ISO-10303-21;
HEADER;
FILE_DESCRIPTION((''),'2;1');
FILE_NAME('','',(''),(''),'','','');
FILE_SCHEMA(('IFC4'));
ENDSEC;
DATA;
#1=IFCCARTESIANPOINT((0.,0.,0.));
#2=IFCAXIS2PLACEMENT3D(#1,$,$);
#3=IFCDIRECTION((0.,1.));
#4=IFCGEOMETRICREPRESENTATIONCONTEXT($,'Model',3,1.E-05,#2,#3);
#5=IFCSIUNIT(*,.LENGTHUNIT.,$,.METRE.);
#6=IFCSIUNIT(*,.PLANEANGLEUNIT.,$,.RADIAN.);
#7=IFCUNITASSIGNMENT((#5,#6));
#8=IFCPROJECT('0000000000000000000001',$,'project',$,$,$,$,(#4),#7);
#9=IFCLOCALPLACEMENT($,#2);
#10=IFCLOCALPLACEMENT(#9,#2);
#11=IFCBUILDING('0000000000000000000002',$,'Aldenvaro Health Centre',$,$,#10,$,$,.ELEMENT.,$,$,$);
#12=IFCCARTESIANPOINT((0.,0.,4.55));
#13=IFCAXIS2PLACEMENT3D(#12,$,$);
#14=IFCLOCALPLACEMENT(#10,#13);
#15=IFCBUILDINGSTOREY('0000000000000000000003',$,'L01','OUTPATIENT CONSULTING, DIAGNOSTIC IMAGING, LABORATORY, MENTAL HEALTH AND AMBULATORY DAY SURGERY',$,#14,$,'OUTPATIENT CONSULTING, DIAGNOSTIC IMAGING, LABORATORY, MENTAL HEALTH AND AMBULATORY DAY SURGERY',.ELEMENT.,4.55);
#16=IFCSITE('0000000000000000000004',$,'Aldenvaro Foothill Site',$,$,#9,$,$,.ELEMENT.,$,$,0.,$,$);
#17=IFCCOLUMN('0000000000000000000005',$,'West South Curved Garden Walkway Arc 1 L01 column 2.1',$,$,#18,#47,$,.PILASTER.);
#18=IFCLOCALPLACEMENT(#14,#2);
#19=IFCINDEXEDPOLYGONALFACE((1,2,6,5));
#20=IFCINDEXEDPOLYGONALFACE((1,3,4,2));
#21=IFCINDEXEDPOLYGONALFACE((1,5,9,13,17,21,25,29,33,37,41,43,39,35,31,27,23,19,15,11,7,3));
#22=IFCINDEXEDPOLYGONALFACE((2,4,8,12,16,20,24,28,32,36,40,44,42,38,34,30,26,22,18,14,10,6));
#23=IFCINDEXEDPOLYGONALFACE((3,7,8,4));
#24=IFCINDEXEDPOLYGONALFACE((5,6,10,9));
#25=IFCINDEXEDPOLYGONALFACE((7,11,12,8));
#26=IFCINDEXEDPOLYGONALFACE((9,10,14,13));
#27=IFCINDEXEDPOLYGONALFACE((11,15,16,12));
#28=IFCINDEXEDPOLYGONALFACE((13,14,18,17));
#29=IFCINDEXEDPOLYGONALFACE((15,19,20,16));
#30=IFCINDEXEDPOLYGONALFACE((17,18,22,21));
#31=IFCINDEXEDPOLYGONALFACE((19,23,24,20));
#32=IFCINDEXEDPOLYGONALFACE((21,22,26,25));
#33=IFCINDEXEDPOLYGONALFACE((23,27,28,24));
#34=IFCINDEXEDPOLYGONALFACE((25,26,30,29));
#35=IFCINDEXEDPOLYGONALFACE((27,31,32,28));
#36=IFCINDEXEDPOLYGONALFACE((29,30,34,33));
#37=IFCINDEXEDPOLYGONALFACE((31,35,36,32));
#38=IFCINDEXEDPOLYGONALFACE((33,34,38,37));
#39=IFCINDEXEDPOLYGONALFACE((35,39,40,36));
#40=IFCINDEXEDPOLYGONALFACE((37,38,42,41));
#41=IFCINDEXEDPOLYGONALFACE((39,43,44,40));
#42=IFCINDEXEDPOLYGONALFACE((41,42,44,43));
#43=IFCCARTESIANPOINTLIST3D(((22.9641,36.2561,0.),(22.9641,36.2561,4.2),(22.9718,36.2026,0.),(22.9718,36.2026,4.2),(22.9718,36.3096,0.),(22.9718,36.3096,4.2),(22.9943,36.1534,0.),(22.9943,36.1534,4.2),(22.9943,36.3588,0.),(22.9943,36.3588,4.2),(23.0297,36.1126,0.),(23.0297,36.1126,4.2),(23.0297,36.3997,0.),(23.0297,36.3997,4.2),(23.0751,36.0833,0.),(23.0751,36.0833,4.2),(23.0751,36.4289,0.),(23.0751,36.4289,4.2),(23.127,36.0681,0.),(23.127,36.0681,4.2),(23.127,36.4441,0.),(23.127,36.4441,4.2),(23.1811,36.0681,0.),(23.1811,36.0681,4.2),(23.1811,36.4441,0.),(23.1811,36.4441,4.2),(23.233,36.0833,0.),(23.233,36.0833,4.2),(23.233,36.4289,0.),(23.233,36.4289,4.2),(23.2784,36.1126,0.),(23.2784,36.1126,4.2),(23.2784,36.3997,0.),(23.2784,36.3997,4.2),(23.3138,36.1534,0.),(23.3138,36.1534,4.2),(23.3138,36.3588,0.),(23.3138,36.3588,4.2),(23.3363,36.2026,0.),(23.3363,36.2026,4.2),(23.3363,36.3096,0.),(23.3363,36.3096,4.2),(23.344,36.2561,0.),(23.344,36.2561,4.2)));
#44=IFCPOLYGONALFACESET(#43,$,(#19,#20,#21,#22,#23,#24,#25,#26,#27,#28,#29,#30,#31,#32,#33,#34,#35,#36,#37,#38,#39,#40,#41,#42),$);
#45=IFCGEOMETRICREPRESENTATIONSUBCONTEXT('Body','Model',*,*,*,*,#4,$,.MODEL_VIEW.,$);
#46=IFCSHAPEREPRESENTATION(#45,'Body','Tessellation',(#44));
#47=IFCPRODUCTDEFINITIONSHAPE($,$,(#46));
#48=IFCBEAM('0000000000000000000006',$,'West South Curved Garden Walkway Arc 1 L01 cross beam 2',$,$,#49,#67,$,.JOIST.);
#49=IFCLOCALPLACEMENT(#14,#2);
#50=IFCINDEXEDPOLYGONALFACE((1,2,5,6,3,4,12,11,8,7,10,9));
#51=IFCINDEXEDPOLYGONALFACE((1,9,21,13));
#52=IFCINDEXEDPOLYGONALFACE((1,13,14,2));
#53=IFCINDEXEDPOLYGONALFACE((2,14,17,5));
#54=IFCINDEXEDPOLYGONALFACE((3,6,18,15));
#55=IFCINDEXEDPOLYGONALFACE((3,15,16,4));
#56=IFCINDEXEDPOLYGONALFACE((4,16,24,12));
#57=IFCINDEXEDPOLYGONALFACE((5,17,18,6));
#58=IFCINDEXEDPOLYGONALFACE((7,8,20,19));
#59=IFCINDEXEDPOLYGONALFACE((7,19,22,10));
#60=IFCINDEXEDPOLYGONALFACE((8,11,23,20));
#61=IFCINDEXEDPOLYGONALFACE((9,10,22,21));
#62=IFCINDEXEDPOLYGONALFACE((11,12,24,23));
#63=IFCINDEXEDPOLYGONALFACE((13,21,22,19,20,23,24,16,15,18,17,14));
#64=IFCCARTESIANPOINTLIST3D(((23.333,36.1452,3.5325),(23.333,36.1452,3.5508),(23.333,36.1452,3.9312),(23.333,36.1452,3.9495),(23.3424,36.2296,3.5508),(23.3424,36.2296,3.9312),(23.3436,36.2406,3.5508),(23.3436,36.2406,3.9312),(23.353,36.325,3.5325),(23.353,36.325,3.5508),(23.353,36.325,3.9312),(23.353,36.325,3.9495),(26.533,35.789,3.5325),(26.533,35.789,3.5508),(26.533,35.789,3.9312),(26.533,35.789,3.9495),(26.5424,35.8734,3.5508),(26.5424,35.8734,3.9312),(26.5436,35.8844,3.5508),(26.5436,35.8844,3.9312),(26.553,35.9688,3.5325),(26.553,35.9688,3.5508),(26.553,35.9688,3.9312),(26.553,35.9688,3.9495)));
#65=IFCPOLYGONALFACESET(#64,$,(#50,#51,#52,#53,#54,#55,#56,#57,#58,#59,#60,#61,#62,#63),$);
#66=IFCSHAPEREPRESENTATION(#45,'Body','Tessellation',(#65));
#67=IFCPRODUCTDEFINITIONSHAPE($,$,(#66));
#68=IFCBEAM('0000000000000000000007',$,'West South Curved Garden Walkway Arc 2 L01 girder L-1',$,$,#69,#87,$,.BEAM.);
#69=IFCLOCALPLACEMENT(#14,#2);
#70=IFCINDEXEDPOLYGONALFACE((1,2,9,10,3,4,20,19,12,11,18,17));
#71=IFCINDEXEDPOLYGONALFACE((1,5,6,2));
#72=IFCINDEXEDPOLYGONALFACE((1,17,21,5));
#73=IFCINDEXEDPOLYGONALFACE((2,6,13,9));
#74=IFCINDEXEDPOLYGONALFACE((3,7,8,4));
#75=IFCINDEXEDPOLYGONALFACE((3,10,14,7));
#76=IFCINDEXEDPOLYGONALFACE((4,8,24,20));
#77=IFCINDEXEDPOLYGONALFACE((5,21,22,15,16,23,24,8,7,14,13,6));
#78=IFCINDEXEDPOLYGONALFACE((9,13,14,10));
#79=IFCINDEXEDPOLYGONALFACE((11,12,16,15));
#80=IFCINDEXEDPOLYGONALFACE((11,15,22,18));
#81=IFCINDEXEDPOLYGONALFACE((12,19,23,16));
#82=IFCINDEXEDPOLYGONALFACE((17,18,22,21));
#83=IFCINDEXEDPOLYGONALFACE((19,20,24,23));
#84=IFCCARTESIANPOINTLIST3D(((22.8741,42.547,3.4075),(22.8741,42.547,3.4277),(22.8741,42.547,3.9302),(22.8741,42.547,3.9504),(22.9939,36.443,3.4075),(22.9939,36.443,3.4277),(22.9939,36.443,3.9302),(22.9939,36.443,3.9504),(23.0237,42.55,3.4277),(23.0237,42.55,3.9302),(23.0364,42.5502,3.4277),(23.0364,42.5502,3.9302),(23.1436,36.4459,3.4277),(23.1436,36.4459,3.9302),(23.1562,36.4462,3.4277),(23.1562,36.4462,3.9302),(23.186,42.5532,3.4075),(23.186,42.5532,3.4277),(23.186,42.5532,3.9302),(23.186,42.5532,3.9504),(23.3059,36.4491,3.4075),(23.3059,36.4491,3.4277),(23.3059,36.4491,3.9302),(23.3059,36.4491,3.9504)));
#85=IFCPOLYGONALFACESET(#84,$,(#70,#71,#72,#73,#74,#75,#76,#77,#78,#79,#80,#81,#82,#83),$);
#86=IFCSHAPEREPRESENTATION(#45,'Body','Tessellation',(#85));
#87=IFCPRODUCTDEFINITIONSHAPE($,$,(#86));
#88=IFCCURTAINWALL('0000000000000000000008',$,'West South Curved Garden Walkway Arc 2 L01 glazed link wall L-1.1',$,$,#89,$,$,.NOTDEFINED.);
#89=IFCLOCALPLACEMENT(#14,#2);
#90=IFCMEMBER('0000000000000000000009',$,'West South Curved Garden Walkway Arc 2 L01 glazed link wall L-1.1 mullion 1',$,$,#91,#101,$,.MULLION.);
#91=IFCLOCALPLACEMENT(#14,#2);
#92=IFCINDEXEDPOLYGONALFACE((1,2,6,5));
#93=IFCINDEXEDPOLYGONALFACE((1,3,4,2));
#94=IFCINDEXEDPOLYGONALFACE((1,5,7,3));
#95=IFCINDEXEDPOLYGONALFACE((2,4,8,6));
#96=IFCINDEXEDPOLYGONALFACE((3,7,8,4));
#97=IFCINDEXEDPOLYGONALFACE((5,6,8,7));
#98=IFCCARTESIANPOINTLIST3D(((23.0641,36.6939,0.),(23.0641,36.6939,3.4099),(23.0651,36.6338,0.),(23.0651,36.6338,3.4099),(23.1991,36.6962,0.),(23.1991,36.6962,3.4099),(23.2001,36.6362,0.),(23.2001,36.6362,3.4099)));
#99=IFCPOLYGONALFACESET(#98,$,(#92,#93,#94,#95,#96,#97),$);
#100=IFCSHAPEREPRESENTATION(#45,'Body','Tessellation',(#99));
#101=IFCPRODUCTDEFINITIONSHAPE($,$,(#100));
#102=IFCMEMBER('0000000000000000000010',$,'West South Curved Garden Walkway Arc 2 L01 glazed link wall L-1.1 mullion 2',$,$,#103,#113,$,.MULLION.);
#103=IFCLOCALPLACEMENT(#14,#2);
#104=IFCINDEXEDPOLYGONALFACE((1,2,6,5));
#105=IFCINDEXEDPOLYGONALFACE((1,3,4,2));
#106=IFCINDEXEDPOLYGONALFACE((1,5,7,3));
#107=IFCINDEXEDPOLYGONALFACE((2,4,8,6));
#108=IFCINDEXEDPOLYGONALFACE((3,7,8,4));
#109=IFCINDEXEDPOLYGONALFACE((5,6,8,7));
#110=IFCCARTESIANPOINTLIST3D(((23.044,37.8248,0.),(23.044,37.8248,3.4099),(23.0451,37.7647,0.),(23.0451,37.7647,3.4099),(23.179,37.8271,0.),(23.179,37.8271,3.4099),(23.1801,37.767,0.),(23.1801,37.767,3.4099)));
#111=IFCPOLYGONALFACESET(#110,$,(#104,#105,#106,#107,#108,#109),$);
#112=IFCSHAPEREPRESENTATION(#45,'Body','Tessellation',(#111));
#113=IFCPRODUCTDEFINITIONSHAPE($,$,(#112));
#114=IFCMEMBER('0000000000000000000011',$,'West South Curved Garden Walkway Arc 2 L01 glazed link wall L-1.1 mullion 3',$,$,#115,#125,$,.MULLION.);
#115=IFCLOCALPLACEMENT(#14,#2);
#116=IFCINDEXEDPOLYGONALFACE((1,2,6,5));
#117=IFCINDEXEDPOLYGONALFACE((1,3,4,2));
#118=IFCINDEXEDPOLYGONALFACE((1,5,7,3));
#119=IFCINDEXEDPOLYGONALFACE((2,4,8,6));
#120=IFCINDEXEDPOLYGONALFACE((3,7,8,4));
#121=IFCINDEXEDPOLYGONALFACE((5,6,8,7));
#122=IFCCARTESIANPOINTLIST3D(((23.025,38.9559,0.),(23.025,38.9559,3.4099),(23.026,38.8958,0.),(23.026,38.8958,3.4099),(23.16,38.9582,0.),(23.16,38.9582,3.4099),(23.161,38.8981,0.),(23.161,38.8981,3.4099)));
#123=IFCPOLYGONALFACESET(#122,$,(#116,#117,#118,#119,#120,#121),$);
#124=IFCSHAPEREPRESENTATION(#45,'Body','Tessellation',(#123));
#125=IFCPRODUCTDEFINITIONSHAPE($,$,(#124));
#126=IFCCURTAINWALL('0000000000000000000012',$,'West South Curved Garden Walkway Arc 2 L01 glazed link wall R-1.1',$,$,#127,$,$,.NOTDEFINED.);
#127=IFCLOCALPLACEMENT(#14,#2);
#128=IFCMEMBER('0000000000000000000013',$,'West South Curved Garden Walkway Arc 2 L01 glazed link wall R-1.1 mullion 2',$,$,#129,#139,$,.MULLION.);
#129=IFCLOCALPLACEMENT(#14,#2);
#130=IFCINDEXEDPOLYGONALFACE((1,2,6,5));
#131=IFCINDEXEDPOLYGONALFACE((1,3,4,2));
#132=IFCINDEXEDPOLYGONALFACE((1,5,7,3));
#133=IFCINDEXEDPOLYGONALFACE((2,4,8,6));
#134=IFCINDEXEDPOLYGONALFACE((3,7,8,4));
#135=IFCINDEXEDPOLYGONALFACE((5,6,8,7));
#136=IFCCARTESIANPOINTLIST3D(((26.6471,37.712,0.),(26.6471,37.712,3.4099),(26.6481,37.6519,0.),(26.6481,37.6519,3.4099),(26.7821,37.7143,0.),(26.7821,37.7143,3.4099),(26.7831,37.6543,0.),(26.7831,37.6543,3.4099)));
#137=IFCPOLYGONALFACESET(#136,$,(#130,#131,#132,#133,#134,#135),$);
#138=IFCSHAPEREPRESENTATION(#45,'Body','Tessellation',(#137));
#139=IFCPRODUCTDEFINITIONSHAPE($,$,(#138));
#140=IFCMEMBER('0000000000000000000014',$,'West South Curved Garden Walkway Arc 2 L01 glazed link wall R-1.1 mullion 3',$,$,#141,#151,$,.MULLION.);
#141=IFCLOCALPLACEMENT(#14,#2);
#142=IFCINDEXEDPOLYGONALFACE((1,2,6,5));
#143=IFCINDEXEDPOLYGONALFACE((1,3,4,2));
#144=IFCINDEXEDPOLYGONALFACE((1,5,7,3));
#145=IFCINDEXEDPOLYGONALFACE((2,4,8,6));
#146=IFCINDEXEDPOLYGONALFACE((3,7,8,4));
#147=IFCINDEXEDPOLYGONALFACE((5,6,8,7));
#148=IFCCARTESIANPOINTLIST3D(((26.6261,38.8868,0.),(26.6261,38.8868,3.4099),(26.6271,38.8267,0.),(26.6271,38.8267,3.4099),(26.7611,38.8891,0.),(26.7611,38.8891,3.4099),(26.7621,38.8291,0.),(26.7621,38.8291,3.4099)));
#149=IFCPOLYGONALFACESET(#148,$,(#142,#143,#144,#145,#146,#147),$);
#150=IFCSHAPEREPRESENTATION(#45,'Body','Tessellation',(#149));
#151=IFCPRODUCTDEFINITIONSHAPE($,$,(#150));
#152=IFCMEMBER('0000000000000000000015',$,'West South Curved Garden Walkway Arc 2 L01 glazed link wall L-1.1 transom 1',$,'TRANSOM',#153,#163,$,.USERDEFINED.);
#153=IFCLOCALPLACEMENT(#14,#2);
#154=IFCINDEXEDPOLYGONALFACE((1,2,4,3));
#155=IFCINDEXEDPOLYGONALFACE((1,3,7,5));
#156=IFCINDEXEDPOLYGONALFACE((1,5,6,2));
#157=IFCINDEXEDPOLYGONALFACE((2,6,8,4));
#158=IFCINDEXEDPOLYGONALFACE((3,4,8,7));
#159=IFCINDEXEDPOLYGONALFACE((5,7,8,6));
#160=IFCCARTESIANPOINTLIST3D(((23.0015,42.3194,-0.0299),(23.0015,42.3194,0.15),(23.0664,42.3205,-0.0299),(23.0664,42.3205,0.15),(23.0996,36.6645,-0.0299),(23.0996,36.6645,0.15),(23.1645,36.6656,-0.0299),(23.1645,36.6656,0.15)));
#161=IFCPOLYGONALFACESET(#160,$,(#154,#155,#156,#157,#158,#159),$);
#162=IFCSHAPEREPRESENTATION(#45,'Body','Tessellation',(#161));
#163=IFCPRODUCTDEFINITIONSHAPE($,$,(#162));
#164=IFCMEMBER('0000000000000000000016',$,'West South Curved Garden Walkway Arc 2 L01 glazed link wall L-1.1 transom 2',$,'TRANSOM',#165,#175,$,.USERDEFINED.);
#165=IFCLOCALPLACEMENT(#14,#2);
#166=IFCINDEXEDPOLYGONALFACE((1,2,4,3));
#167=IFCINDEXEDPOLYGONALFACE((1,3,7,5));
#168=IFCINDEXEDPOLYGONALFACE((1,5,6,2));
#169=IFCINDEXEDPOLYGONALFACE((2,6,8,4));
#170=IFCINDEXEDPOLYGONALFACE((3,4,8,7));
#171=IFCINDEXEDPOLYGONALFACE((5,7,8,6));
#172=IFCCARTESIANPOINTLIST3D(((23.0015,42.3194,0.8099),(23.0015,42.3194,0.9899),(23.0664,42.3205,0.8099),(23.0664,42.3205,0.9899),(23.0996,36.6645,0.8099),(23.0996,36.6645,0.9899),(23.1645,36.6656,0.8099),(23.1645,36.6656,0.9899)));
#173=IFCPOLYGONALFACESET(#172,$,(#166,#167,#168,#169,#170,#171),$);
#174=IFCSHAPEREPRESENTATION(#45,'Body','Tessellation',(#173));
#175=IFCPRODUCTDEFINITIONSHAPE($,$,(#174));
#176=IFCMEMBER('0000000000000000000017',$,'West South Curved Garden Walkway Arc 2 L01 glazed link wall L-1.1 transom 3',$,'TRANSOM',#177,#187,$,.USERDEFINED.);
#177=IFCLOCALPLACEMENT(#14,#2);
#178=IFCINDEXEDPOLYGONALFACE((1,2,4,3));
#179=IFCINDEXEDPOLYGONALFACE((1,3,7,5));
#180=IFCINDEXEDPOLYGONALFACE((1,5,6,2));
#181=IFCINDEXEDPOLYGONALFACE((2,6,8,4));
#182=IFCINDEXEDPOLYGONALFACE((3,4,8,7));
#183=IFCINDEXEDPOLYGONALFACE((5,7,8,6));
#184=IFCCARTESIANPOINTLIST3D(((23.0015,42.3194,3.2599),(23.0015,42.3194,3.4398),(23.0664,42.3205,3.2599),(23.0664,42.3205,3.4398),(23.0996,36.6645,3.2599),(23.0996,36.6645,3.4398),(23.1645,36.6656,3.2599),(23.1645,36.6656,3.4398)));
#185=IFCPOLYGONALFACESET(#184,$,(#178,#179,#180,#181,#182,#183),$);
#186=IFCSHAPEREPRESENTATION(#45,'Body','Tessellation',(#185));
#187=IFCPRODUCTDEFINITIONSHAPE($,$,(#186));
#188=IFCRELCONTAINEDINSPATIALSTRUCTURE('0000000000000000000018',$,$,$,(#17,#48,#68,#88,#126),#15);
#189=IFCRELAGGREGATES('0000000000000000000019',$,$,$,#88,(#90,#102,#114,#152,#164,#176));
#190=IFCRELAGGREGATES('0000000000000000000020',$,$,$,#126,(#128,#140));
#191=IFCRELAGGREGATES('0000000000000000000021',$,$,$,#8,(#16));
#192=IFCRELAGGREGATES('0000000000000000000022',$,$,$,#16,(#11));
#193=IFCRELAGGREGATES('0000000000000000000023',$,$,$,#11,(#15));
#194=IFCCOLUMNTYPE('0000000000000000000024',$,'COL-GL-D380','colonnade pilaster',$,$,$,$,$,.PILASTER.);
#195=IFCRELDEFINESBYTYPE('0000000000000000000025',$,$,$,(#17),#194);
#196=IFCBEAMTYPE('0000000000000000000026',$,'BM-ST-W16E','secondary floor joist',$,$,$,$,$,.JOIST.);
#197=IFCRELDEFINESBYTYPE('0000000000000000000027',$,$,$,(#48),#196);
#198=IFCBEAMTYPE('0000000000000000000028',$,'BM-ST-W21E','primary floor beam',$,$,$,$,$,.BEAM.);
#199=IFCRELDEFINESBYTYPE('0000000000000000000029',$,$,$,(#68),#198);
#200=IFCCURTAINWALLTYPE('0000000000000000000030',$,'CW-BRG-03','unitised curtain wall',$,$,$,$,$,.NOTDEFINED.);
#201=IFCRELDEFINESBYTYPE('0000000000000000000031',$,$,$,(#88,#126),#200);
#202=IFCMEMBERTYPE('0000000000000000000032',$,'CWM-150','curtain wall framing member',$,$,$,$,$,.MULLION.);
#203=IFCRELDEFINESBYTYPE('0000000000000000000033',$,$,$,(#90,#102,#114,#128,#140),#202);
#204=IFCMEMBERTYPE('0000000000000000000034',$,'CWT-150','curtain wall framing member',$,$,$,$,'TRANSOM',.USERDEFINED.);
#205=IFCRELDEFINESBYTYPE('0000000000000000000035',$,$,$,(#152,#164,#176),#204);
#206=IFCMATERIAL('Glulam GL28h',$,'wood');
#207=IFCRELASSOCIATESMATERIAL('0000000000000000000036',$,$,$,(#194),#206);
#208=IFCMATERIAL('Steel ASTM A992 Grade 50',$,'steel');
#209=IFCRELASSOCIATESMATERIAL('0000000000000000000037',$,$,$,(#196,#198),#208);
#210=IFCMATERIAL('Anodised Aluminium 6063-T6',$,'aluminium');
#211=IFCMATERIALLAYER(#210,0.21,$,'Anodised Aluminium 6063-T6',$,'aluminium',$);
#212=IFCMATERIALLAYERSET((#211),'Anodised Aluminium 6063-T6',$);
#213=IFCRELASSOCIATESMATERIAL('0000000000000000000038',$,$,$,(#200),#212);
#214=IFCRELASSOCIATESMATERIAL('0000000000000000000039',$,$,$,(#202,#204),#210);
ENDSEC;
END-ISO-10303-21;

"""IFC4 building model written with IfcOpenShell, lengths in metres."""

from ifc_helpers import new_model, si_unit, direction, frame, origin, origin_2d, place, context, subcontext, project, spatial, rectangle, circle, i_section, extrude, material, layer, layer_set, material_profile, profile_set, type_object, element, aggregate, save


model = new_model("IFC4")

# Units and contexts
model_context = context("Model", 3, precision=1e-05, world=origin(), true_north=direction((0.0, 1.0)))
body_context = subcontext(model_context, "Body", "Model", "MODEL_VIEW")
ifc_project = project(units=[si_unit("LENGTHUNIT", "METRE"), si_unit("PLANEANGLEUNIT", "RADIAN")], contexts=[model_context])

# Site, building, storey
site_placement = place(None, origin())
site = spatial("IfcSite", under=ifc_project, at=site_placement, Name="Aldenvaro Foothill Site", CompositionType="ELEMENT", RefElevation=0.0)
building_placement = place(site_placement, origin())
building = spatial("IfcBuilding", under=site, at=building_placement, Name="Aldenvaro Health Centre", CompositionType="ELEMENT")
storey_placement = place(building_placement, frame((0.0, 0.0, 4.55)))
storey = spatial("IfcBuildingStorey", under=building, at=storey_placement, Name="L01", Description="OUTPATIENT CONSULTING, DIAGNOSTIC IMAGING, LABORATORY, MENTAL HEALTH AND AMBULATORY DAY SURGERY", LongName="OUTPATIENT CONSULTING, DIAGNOSTIC IMAGING, LABORATORY, MENTAL HEALTH AND AMBULATORY DAY SURGERY", CompositionType="ELEMENT", Elevation=4.55)

# Column
ifc_material_1 = material(Name="Glulam GL28h", Category="wood")
ifc_material_profile_1 = material_profile(ifc_material_1, circle(Radius=0.1899, at=origin_2d()), Name="GL D380", Category="wood")
ifc_profile_set_1 = profile_set([ifc_material_profile_1], Name="Glulam GL28h")
column_type = type_object("IfcColumnType", Name="COL-GL-D380", Description="colonnade pilaster", PredefinedType="PILASTER", material=ifc_profile_set_1)
column_placement = place(storey_placement, frame((23.1541, 36.2561, 0.0), z_axis=(0.0, 0.0, 1.0), x_axis=(1.0, 0.0, 0.0)))
element("IfcColumn", 1, at=column_placement, inside=storey, type_object=column_type, Name="West South Curved Garden Walkway Arc 1 L01 column 2.1", PredefinedType="PILASTER", context=body_context, shape_type="SweptSolid", body=[
    extrude(circle(Radius=0.1899, at=origin_2d()), origin(), (0.0, 0.0, 1.0), 4.2),
])

# Beams
ifc_material_2 = material(Name="Steel ASTM A992 Grade 50", Category="steel")
ifc_material_profile_2 = material_profile(ifc_material_2, i_section(OverallWidth=0.1809, OverallDepth=0.417, WebThickness=0.011, FlangeThickness=0.0183, at=origin_2d()), Name="W16X57", Category="steel")
ifc_profile_set_2 = profile_set([ifc_material_profile_2], Name="Steel ASTM A992 Grade 50")
beam_type_1 = type_object("IfcBeamType", Name="BM-ST-W16E", Description="secondary floor joist", PredefinedType="JOIST", material=ifc_profile_set_2)
beam_1_placement = place(storey_placement, frame((23.343, 36.2351, 3.741), z_axis=(0.993862, -0.110631, 0.0), x_axis=(0.110631, 0.993862, 0.0)))
element("IfcBeam", 2, at=beam_1_placement, inside=storey, type_object=beam_type_1, Name="West South Curved Garden Walkway Arc 1 L01 cross beam 2", PredefinedType="JOIST", context=body_context, shape_type="SweptSolid", body=[
    extrude(i_section(OverallWidth=0.1809, OverallDepth=0.417, WebThickness=0.011, FlangeThickness=0.0183, at=origin_2d()), origin(), (0.0, 0.0, 1.0), 3.2197),
])
ifc_material_profile_3 = material_profile(ifc_material_2, i_section(OverallWidth=0.312, OverallDepth=0.543, WebThickness=0.0127, FlangeThickness=0.0203, at=origin_2d()), Name="W21X101", Category="steel")
ifc_profile_set_3 = profile_set([ifc_material_profile_3], Name="Steel ASTM A992 Grade 50")
beam_type_2 = type_object("IfcBeamType", Name="BM-ST-W21E", Description="primary floor beam", PredefinedType="BEAM", material=ifc_profile_set_3)
beam_2_placement = place(storey_placement, frame((23.1499, 36.446, 3.679), z_axis=(-0.019635, 0.999807, 0.0), x_axis=(-0.999807, -0.019635, 0.0)))
element("IfcBeam", 3, at=beam_2_placement, inside=storey, type_object=beam_type_2, Name="West South Curved Garden Walkway Arc 2 L01 girder L-1", PredefinedType="BEAM", context=body_context, shape_type="SweptSolid", body=[
    extrude(i_section(OverallWidth=0.312, OverallDepth=0.543, WebThickness=0.0127, FlangeThickness=0.0203, at=origin_2d()), origin(), (0.0, 0.0, 1.0), 6.1052),
])

# Curtain walls, members
ifc_material_3 = material(Name="Anodised Aluminium 6063-T6", Category="aluminium")
ifc_layer_1 = layer(ifc_material_3, 0.21, Name="Anodised Aluminium 6063-T6", Category="aluminium")
ifc_layer_set_1 = layer_set([ifc_layer_1], Name="Anodised Aluminium 6063-T6")
curtain_wall_type = type_object("IfcCurtainWallType", Name="CW-BRG-03", Description="unitised curtain wall", PredefinedType="NOTDEFINED", material=ifc_layer_set_1)
curtain_wall_1_placement = place(storey_placement, origin())
curtain_wall_1 = element("IfcCurtainWall", 4, at=curtain_wall_1_placement, inside=storey, type_object=curtain_wall_type, Name="West South Curved Garden Walkway Arc 2 L01 glazed link wall L-1.1", PredefinedType="NOTDEFINED")
ifc_material_profile_4 = material_profile(ifc_material_3, rectangle(XDim=0.0601, YDim=0.135, at=origin_2d()), Name="ALU 60x135", Category="aluminium")
ifc_profile_set_4 = profile_set([ifc_material_profile_4], Name="Anodised Aluminium 6063-T6")
member_type_1 = type_object("IfcMemberType", Name="CWM-150", Description="curtain wall framing member", PredefinedType="MULLION", material=ifc_profile_set_4)
member_1_placement = place(storey_placement, frame((23.1321, 36.665, 0.0), z_axis=(0.0, 0.0, 1.0), x_axis=(-0.017327, 0.99985, 0.0)))
member_1 = element("IfcMember", 5, at=member_1_placement, type_object=member_type_1, Name="West South Curved Garden Walkway Arc 2 L01 glazed link wall L-1.1 mullion 1", PredefinedType="MULLION", context=body_context, shape_type="SweptSolid", body=[
    extrude(rectangle(XDim=0.0601, YDim=0.135, at=origin_2d()), origin(), (0.0, 0.0, 1.0), 3.4099),
])
member_2_placement = place(storey_placement, frame((23.1121, 37.7959, 0.0), z_axis=(0.0, 0.0, 1.0), x_axis=(-0.017327, 0.99985, 0.0)))
member_2 = element("IfcMember", 6, at=member_2_placement, type_object=member_type_1, Name="West South Curved Garden Walkway Arc 2 L01 glazed link wall L-1.1 mullion 2", PredefinedType="MULLION", context=body_context, shape_type="SweptSolid", body=[
    extrude(rectangle(XDim=0.0601, YDim=0.135, at=origin_2d()), origin(), (0.0, 0.0, 1.0), 3.4099),
])
member_3_placement = place(storey_placement, frame((23.093, 38.927, 0.0), z_axis=(0.0, 0.0, 1.0), x_axis=(-0.017327, 0.99985, 0.0)))
member_3 = element("IfcMember", 7, at=member_3_placement, type_object=member_type_1, Name="West South Curved Garden Walkway Arc 2 L01 glazed link wall L-1.1 mullion 3", PredefinedType="MULLION", context=body_context, shape_type="SweptSolid", body=[
    extrude(rectangle(XDim=0.0601, YDim=0.135, at=origin_2d()), origin(), (0.0, 0.0, 1.0), 3.4099),
])
curtain_wall_2_placement = place(storey_placement, origin())
curtain_wall_2 = element("IfcCurtainWall", 8, at=curtain_wall_2_placement, inside=storey, type_object=curtain_wall_type, Name="West South Curved Garden Walkway Arc 2 L01 glazed link wall R-1.1", PredefinedType="NOTDEFINED")
member_4_placement = place(storey_placement, frame((26.7151, 37.6831, 0.0), z_axis=(0.0, 0.0, 1.0), x_axis=(-0.017362, 0.999849, 0.0)))
member_4 = element("IfcMember", 9, at=member_4_placement, type_object=member_type_1, Name="West South Curved Garden Walkway Arc 2 L01 glazed link wall R-1.1 mullion 2", PredefinedType="MULLION", context=body_context, shape_type="SweptSolid", body=[
    extrude(rectangle(XDim=0.0601, YDim=0.135, at=origin_2d()), origin(), (0.0, 0.0, 1.0), 3.4099),
])
member_5_placement = place(storey_placement, frame((26.6941, 38.8579, 0.0), z_axis=(0.0, 0.0, 1.0), x_axis=(-0.017362, 0.999849, 0.0)))
member_5 = element("IfcMember", 10, at=member_5_placement, type_object=member_type_1, Name="West South Curved Garden Walkway Arc 2 L01 glazed link wall R-1.1 mullion 3", PredefinedType="MULLION", context=body_context, shape_type="SweptSolid", body=[
    extrude(rectangle(XDim=0.0601, YDim=0.135, at=origin_2d()), origin(), (0.0, 0.0, 1.0), 3.4099),
])

# Members
ifc_material_profile_5 = material_profile(ifc_material_3, rectangle(XDim=0.0649, YDim=0.1799, at=origin_2d()), Name="ALU 65x180", Category="aluminium")
ifc_profile_set_5 = profile_set([ifc_material_profile_5], Name="Anodised Aluminium 6063-T6")
member_type_2 = type_object("IfcMemberType", Name="CWT-150", Description="curtain wall framing member", ElementType="TRANSOM", PredefinedType="USERDEFINED", material=ifc_profile_set_5)
member_6_placement = place(storey_placement, frame((23.1321, 36.665, 0.0601), z_axis=(-0.017353, 0.999849, 0.0), x_axis=(-0.999849, -0.017353, 0.0)))
member_6 = element("IfcMember", 11, at=member_6_placement, type_object=member_type_2, Name="West South Curved Garden Walkway Arc 2 L01 glazed link wall L-1.1 transom 1", ObjectType="TRANSOM", PredefinedType="USERDEFINED", context=body_context, shape_type="SweptSolid", body=[
    extrude(rectangle(XDim=0.0649, YDim=0.1799, at=origin_2d()), origin(), (0.0, 0.0, 1.0), 5.6558),
])
member_7_placement = place(storey_placement, frame((23.1321, 36.665, 0.8999), z_axis=(-0.017353, 0.999849, 0.0), x_axis=(-0.999849, -0.017353, 0.0)))
member_7 = element("IfcMember", 12, at=member_7_placement, type_object=member_type_2, Name="West South Curved Garden Walkway Arc 2 L01 glazed link wall L-1.1 transom 2", ObjectType="TRANSOM", PredefinedType="USERDEFINED", context=body_context, shape_type="SweptSolid", body=[
    extrude(rectangle(XDim=0.0649, YDim=0.1799, at=origin_2d()), origin(), (0.0, 0.0, 1.0), 5.6558),
])
member_8_placement = place(storey_placement, frame((23.1321, 36.665, 3.3499), z_axis=(-0.017353, 0.999849, 0.0), x_axis=(-0.999849, -0.017353, 0.0)))
member_8 = element("IfcMember", 13, at=member_8_placement, type_object=member_type_2, Name="West South Curved Garden Walkway Arc 2 L01 glazed link wall L-1.1 transom 3", ObjectType="TRANSOM", PredefinedType="USERDEFINED", context=body_context, shape_type="SweptSolid", body=[
    extrude(rectangle(XDim=0.0649, YDim=0.1799, at=origin_2d()), origin(), (0.0, 0.0, 1.0), 5.6558),
])

aggregate(curtain_wall_1, [member_1, member_2, member_3, member_6, member_7, member_8])
aggregate(curtain_wall_2, [member_4, member_5])

save(model, "model.ifc")
